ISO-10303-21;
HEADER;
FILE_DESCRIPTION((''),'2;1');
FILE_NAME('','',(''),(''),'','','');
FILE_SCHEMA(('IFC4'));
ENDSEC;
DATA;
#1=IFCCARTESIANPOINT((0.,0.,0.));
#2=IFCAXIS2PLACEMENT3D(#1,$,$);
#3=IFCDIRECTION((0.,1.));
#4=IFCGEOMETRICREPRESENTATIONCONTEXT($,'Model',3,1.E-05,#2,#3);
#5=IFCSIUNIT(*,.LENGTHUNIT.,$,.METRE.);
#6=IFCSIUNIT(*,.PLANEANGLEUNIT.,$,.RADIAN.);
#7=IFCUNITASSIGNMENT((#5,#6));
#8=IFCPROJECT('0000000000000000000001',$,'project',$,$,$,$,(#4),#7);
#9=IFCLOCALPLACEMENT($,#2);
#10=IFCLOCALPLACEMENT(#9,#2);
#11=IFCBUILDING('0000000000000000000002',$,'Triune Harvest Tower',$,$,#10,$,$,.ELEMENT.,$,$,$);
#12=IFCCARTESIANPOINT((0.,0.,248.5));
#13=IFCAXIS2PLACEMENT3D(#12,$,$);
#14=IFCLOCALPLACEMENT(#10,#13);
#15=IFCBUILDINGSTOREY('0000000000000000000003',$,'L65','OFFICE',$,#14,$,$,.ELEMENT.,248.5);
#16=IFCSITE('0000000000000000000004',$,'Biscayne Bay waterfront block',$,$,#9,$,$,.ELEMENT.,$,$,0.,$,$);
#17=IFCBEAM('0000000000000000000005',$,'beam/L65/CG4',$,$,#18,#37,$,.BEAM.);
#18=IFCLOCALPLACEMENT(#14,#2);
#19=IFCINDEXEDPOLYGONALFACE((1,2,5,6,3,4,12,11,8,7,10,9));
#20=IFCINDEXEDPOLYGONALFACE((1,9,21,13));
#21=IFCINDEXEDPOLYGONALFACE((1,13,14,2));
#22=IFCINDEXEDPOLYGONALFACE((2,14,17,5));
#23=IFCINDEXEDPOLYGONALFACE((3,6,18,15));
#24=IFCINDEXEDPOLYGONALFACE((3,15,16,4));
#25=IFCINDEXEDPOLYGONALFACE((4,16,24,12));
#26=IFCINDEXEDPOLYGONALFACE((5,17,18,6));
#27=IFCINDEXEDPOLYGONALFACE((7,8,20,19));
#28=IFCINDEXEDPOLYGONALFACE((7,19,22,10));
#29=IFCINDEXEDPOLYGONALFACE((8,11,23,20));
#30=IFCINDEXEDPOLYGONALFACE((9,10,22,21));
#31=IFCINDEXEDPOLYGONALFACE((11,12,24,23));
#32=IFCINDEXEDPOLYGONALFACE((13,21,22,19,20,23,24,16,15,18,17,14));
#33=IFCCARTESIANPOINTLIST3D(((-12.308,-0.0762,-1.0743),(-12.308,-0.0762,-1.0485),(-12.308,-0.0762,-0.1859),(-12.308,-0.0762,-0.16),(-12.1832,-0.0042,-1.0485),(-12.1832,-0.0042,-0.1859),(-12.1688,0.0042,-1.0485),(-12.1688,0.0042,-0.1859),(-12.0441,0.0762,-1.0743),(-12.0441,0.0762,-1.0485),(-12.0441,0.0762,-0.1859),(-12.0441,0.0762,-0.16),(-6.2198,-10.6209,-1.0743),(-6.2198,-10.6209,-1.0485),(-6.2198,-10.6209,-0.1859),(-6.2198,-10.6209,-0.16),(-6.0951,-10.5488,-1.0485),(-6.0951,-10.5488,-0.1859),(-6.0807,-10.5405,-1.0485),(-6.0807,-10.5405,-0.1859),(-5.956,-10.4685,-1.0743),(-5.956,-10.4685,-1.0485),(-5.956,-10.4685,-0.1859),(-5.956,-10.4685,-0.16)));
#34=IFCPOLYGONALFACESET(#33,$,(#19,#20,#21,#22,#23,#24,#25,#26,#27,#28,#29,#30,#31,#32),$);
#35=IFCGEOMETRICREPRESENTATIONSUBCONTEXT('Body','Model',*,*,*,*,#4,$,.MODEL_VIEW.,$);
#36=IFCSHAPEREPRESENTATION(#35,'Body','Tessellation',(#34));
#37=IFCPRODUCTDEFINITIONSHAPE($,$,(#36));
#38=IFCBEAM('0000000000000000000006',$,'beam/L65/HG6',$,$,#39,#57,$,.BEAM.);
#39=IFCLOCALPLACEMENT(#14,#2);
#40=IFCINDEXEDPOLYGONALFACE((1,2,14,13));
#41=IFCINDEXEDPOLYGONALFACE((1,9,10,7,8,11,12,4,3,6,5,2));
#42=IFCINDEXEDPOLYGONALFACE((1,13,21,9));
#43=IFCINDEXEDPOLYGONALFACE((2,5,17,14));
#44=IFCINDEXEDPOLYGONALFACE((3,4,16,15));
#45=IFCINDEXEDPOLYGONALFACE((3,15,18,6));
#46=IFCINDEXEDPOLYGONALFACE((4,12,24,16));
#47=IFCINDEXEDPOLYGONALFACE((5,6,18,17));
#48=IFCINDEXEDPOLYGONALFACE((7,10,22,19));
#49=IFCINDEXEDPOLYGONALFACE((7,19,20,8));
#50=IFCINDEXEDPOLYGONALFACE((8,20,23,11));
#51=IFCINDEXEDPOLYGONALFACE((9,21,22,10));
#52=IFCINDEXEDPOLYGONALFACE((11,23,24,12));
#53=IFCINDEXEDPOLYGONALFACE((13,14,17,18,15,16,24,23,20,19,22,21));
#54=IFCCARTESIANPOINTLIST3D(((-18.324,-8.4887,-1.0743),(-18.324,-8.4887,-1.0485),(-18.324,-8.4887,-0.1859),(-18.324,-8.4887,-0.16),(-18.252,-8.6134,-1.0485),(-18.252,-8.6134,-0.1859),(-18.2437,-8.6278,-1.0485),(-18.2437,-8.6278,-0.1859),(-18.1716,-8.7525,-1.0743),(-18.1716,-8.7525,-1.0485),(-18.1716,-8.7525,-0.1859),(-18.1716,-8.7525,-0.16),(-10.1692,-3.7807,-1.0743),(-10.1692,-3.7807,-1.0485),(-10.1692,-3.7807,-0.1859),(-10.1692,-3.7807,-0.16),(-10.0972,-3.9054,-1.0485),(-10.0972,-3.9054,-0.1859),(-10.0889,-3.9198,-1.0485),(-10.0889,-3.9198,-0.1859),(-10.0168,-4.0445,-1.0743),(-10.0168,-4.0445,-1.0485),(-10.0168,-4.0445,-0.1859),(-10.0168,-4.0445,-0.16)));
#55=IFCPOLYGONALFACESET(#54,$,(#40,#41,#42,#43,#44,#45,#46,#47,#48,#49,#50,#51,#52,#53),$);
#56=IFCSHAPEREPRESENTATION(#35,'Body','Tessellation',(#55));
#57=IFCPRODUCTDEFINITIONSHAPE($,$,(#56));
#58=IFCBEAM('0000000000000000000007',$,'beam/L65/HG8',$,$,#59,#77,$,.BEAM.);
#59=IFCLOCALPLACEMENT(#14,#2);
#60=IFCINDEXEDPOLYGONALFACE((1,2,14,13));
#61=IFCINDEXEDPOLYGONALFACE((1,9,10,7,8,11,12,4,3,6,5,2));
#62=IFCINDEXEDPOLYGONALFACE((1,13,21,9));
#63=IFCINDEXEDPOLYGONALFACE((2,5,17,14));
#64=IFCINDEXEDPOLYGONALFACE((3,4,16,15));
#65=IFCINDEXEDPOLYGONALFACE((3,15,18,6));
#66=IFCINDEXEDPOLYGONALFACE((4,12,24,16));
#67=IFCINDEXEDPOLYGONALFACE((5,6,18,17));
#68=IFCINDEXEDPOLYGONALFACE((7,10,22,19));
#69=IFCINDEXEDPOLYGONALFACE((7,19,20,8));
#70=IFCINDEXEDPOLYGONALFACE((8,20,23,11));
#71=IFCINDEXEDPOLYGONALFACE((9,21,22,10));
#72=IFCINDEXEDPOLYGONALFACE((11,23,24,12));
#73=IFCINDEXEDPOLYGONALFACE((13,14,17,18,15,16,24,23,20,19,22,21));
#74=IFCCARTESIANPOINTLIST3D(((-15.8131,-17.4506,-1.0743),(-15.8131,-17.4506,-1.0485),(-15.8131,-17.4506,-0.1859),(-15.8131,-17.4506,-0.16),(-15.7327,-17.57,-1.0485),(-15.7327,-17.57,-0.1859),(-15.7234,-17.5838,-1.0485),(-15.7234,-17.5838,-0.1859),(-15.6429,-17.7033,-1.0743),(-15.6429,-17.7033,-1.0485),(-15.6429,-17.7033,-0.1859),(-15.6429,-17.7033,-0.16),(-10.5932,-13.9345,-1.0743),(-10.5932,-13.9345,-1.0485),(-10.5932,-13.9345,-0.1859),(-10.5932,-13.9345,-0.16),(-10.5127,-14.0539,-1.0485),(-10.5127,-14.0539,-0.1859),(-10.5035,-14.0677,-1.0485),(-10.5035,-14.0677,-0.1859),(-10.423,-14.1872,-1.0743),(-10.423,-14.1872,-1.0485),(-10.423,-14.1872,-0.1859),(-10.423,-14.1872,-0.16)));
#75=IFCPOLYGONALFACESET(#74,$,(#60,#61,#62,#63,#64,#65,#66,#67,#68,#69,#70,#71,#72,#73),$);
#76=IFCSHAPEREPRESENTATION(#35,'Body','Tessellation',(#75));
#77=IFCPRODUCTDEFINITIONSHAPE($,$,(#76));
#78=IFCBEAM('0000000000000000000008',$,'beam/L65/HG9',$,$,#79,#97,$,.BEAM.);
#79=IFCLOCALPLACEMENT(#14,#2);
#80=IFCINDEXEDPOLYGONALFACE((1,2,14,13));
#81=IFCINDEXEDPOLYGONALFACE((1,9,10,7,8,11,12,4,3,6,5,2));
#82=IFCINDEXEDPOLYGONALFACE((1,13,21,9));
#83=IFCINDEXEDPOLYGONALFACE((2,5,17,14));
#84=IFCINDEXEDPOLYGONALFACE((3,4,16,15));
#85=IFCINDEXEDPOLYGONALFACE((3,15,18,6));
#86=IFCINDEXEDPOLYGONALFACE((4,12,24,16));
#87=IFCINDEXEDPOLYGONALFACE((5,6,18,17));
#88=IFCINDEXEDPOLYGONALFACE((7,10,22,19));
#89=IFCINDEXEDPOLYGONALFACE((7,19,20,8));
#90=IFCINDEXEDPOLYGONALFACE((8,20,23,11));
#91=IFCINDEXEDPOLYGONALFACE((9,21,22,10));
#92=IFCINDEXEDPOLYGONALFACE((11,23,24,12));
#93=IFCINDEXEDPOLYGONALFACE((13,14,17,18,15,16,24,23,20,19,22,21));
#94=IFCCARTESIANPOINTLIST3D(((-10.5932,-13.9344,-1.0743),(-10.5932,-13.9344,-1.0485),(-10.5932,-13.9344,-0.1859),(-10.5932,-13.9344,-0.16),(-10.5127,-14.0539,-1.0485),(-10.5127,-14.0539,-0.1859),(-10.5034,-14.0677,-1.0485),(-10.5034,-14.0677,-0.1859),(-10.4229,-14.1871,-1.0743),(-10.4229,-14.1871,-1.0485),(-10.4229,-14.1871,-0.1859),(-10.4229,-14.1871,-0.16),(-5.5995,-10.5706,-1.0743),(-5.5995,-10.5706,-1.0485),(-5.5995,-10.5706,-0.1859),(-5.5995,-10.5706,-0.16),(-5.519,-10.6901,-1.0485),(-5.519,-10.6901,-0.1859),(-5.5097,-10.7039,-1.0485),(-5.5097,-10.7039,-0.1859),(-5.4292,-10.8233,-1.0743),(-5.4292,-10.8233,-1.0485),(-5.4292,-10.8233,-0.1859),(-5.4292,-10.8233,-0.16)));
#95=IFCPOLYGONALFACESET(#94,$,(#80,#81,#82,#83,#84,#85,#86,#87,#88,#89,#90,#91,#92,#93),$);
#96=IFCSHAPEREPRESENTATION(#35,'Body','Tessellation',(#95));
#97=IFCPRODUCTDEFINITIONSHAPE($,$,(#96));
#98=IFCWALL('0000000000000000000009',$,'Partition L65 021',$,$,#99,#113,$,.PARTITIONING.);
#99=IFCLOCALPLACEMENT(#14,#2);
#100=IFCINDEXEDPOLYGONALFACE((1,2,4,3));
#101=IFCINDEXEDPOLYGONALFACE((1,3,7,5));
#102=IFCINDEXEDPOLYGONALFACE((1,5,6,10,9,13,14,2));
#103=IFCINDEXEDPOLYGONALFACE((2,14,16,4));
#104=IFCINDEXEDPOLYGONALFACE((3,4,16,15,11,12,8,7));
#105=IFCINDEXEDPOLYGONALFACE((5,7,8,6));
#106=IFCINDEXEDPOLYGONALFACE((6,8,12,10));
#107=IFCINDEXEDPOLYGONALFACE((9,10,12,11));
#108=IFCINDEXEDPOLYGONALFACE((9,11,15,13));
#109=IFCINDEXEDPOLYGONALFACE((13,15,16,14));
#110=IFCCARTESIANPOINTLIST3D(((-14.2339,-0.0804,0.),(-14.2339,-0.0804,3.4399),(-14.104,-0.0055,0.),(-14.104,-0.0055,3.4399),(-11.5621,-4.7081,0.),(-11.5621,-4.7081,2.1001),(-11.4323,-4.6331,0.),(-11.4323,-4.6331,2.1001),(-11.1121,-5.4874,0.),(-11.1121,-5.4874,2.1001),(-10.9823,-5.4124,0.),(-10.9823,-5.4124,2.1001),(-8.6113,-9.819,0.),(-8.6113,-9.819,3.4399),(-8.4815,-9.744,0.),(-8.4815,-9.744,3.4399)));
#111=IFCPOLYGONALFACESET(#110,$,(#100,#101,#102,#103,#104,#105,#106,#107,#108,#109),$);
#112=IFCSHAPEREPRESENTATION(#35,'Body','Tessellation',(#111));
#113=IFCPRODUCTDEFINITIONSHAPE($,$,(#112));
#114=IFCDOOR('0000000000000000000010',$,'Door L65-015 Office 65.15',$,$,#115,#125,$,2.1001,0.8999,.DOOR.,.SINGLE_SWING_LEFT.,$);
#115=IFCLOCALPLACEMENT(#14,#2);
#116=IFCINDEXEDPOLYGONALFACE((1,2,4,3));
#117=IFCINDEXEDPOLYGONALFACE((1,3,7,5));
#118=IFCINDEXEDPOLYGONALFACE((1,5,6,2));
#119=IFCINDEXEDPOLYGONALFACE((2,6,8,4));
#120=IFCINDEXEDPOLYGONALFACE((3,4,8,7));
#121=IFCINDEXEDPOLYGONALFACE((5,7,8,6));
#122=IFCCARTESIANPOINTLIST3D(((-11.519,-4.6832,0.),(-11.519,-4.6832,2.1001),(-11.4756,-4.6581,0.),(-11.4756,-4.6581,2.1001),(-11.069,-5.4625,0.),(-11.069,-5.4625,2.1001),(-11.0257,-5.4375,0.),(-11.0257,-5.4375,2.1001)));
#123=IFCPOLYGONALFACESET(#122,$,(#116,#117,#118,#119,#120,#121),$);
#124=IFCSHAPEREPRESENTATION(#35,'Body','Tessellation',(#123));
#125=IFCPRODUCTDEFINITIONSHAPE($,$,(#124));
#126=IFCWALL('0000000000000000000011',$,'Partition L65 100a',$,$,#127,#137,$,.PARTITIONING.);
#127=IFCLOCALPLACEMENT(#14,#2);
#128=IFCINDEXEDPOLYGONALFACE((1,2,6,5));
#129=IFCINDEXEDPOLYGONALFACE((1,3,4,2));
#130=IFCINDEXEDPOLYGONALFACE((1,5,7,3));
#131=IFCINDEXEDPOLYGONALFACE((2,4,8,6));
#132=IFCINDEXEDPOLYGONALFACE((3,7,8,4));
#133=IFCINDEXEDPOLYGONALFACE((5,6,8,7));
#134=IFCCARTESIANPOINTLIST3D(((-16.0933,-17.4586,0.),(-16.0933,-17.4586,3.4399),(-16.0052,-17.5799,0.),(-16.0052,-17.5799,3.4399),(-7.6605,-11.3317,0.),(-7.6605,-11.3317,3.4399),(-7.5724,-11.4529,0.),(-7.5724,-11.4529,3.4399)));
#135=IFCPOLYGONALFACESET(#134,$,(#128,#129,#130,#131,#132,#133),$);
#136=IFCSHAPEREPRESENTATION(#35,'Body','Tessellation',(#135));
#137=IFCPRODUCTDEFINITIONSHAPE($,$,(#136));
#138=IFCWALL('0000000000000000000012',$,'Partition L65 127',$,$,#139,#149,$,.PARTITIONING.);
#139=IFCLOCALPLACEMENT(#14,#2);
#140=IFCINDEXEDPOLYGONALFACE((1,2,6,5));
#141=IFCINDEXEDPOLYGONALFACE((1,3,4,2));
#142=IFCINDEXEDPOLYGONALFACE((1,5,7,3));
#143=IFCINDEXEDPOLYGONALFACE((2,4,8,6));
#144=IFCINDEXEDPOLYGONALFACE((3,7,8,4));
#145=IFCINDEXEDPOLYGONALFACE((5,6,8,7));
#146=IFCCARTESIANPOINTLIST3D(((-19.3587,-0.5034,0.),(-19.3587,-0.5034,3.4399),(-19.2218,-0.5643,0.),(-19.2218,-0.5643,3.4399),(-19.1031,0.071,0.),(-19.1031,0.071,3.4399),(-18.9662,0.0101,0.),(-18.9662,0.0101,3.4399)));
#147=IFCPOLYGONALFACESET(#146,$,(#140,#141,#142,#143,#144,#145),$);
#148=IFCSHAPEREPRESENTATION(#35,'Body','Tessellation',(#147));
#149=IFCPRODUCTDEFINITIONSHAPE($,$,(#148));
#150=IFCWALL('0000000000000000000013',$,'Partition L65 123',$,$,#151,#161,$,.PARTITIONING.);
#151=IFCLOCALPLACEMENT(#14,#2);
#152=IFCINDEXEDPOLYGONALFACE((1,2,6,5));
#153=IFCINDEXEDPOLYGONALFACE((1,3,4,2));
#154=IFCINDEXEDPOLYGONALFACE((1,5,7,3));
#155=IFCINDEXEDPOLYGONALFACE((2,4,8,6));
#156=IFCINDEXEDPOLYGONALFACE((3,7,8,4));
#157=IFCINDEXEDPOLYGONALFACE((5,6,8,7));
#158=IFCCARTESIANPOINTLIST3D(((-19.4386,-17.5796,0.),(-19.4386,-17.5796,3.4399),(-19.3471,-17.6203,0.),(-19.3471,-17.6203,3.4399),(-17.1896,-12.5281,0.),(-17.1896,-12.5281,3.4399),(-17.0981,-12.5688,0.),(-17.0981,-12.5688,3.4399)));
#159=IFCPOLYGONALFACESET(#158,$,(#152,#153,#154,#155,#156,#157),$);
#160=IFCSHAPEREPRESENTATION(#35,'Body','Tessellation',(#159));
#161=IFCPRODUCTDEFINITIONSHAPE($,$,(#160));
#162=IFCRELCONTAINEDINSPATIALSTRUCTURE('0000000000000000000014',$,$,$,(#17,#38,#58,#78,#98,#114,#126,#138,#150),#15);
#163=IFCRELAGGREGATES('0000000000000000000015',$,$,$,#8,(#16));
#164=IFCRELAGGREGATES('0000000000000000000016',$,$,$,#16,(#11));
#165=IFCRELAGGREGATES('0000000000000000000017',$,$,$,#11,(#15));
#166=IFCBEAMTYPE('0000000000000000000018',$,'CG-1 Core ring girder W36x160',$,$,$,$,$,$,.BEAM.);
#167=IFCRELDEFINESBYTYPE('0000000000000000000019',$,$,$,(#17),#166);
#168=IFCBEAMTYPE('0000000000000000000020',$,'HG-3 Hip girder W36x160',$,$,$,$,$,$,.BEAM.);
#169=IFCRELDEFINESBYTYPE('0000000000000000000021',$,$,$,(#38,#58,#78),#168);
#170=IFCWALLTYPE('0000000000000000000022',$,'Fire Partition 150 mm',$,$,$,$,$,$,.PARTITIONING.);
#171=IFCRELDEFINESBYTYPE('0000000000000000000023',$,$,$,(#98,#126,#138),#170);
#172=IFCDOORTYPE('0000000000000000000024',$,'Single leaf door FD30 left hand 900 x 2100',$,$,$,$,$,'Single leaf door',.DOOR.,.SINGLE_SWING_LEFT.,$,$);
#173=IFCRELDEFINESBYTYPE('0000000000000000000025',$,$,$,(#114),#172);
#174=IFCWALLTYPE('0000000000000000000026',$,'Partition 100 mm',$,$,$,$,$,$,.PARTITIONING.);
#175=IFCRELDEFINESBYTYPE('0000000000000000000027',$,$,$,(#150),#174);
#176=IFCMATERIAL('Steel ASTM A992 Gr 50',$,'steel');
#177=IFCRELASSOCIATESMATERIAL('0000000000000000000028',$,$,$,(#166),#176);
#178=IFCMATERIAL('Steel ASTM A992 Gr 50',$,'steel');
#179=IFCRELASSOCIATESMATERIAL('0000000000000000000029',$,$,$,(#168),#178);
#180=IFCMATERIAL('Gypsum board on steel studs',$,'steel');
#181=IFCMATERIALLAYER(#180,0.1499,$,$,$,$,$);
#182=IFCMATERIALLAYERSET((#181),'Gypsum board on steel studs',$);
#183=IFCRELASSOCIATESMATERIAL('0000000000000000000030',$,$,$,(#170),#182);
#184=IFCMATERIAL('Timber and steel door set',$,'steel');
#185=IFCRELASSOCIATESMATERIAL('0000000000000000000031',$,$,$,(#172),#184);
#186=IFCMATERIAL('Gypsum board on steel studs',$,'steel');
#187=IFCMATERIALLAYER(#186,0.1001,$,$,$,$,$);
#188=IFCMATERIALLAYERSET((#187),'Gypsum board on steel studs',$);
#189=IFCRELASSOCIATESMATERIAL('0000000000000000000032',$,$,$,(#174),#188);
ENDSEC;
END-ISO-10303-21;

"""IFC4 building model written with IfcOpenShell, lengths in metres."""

from ifc_helpers import new_model, si_unit, direction, frame, frame_2d, origin, origin_2d, place, context, subcontext, project, spatial, rectangle, i_section, extrude, source, transform, mapped, material, layer, layer_set, material_profile, profile_set, type_object, element, fill, save


model = new_model("IFC4")

# Units and contexts
model_context = context("Model", 3, precision=1e-05, world=origin(), true_north=direction((0.0, 1.0)))
body_context = subcontext(model_context, "Body", "Model", "MODEL_VIEW")
ifc_project = project(units=[si_unit("LENGTHUNIT", "METRE"), si_unit("PLANEANGLEUNIT", "RADIAN")], contexts=[model_context])

# Site, building, storey
site_placement = place(None, origin())
site = spatial("IfcSite", under=ifc_project, at=site_placement, Name="Biscayne Bay waterfront block", CompositionType="ELEMENT", RefElevation=0.0)
building_placement = place(site_placement, origin())
building = spatial("IfcBuilding", under=site, at=building_placement, Name="Triune Harvest Tower", CompositionType="ELEMENT")
storey_placement = place(building_placement, frame((0.0, 0.0, 248.5)))
storey = spatial("IfcBuildingStorey", under=building, at=storey_placement, Name="L65", Description="OFFICE", CompositionType="ELEMENT", Elevation=248.5)

# Beams
ifc_material_1 = material(Name="Steel ASTM A992 Gr 50", Category="steel")
ifc_material_profile_1 = material_profile(ifc_material_1, i_section(OverallWidth=0.3047, OverallDepth=0.9143, WebThickness=0.0166, FlangeThickness=0.0259, at=origin_2d()), Name="W36x160")
ifc_profile_set_1 = profile_set([ifc_material_profile_1], Name="Steel ASTM A992 Gr 50")
beam_type_1 = type_object("IfcBeamType", Name="CG-1 Core ring girder W36x160", PredefinedType="BEAM", material=ifc_profile_set_1)
shared_shape_1 = source(origin(), body_context, "Body", "SweptSolid", [
    extrude(i_section(OverallWidth=0.3047, OverallDepth=0.9143, WebThickness=0.0166, FlangeThickness=0.0259, at=origin_2d()), origin(), (0.0, 0.0, 1.0), 12.176),
])
beam_1_placement = place(storey_placement, frame((-12.176, 0.0, -0.6172), z_axis=(0.50001, -0.86602, 0.0), x_axis=(0.86602, 0.50001, 0.0)))
element("IfcBeam", 1, at=beam_1_placement, inside=storey, type_object=beam_type_1, Name="beam/L65/CG4", PredefinedType="BEAM", context=body_context, shape_type="MappedRepresentation", body=[
    mapped(shared_shape_1, transform((0.0, 0.0, 0.0), scale=1.0)),
])
ifc_material_2 = material(Name="Steel ASTM A992 Gr 50", Category="steel")
ifc_material_profile_2 = material_profile(ifc_material_2, i_section(OverallWidth=0.3047, OverallDepth=0.9143, WebThickness=0.0166, FlangeThickness=0.0259, at=origin_2d()), Name="W36x160")
ifc_profile_set_2 = profile_set([ifc_material_profile_2], Name="Steel ASTM A992 Gr 50")
beam_type_2 = type_object("IfcBeamType", Name="HG-3 Hip girder W36x160", PredefinedType="BEAM", material=ifc_profile_set_2)
shared_shape_2 = source(origin(), body_context, "Body", "SweptSolid", [
    extrude(i_section(OverallWidth=0.3047, OverallDepth=0.9143, WebThickness=0.0166, FlangeThickness=0.0259, at=origin_2d()), origin(), (0.0, 0.0, 1.0), 9.4163),
])
beam_2_placement = place(storey_placement, frame((-18.2478, -8.6206, -0.6172), z_axis=(0.866033, 0.499987, 0.0), x_axis=(-0.499987, 0.866033, 0.0)))
element("IfcBeam", 2, at=beam_2_placement, inside=storey, type_object=beam_type_2, Name="beam/L65/HG6", PredefinedType="BEAM", context=body_context, shape_type="MappedRepresentation", body=[
    mapped(shared_shape_2, transform((0.0, 0.0, 0.0), scale=1.0)),
])
shared_shape_3 = source(origin(), body_context, "Body", "SweptSolid", [
    extrude(i_section(OverallWidth=0.3047, OverallDepth=0.9143, WebThickness=0.0166, FlangeThickness=0.0259, at=origin_2d()), origin(), (0.0, 0.0, 1.0), 6.2937),
])
beam_3_placement = place(storey_placement, frame((-15.728, -17.5769, -0.6172), z_axis=(0.829391, 0.558668, 0.0), x_axis=(-0.558668, 0.829391, 0.0)))
element("IfcBeam", 3, at=beam_3_placement, inside=storey, type_object=beam_type_2, Name="beam/L65/HG8", PredefinedType="BEAM", context=body_context, shape_type="MappedRepresentation", body=[
    mapped(shared_shape_3, transform((0.0, 0.0, 0.0), scale=1.0)),
])
shared_shape_4 = source(origin(), body_context, "Body", "SweptSolid", [
    extrude(i_section(OverallWidth=0.3047, OverallDepth=0.9143, WebThickness=0.0166, FlangeThickness=0.0259, at=origin_2d()), origin(), (0.0, 0.0, 1.0), 6.021),
])
beam_4_placement = place(storey_placement, frame((-10.5081, -14.0608, -0.6172), z_axis=(0.829383, 0.55868, 0.0), x_axis=(-0.55868, 0.829383, 0.0)))
element("IfcBeam", 4, at=beam_4_placement, inside=storey, type_object=beam_type_2, Name="beam/L65/HG9", PredefinedType="BEAM", context=body_context, shape_type="MappedRepresentation", body=[
    mapped(shared_shape_4, transform((0.0, 0.0, 0.0), scale=1.0)),
])

# Wall, opening, door
ifc_material_3 = material(Name="Gypsum board on steel studs", Category="steel")
ifc_layer_1 = layer(ifc_material_3, 0.1499)
ifc_layer_set_1 = layer_set([ifc_layer_1], Name="Gypsum board on steel studs")
wall_type_1 = type_object("IfcWallType", Name="Fire Partition 150 mm", PredefinedType="PARTITIONING", material=ifc_layer_set_1)
wall_1_placement = place(storey_placement, frame((-14.1689, -0.043, 0.0), z_axis=(0.0, 0.0, 1.0), x_axis=(0.500001, -0.866025, 0.0)))
wall_1 = element("IfcWall", 5, at=wall_1_placement, inside=storey, type_object=wall_type_1, Name="Partition L65 021", PredefinedType="PARTITIONING", context=body_context, shape_type="SweptSolid", body=[
    extrude(rectangle(XDim=11.2451, YDim=0.1499, at=frame_2d((5.6226, 0.0))), origin(), (0.0, 0.0, 1.0), 3.4399),
])
opening_1_placement = place(wall_1_placement, frame((5.3435, 0.0, 0.0)))
opening_1 = element("IfcOpeningElement", 6, at=opening_1_placement, cuts=wall_1, PredefinedType="OPENING", context=body_context, shape_type="SweptSolid", body=[
    extrude(rectangle(XDim=0.8999, YDim=2.1001, at=frame_2d((0.45, 1.05))), frame((0.0, 0.085, 0.0), z_axis=(0.0, -1.0, 0.0), x_axis=(1.0, 0.0, 0.0)), (0.0, 0.0, 1.0), 0.1699),
])
ifc_material_4 = material(Name="Timber and steel door set", Category="steel")
door_type_1 = type_object("IfcDoorType", Name="Single leaf door FD30 left hand 900 x 2100", ElementType="Single leaf door", OperationType="SINGLE_SWING_LEFT", PredefinedType="DOOR", material=ifc_material_4)
door_1_placement = place(opening_1_placement, origin())
door_1 = element("IfcDoor", 7, at=door_1_placement, inside=storey, type_object=door_type_1, Name="Door L65-015 Office 65.15", OperationType="SINGLE_SWING_LEFT", OverallHeight=2.1001, OverallWidth=0.8999, PredefinedType="DOOR", context=body_context, shape_type="SweptSolid", body=[
    extrude(rectangle(XDim=0.8999, YDim=2.1001, at=frame_2d((0.45, 1.05))), frame((0.0, 0.0249, 0.0), z_axis=(0.0, -1.0, 0.0), x_axis=(1.0, 0.0, 0.0)), (0.0, 0.0, 1.0), 0.05),
])
fill(opening_1, door_1)

# Walls
wall_2_placement = place(storey_placement, frame((-16.0493, -17.5193, 0.0), z_axis=(0.0, 0.0, 1.0), x_axis=(0.809011, 0.587793, 0.0)))
element("IfcWall", 8, at=wall_2_placement, inside=storey, type_object=wall_type_1, Name="Partition L65 100a", PredefinedType="PARTITIONING", context=body_context, shape_type="SweptSolid", body=[
    extrude(rectangle(XDim=10.4236, YDim=0.1499, at=frame_2d((5.2119, 0.0))), origin(), (0.0, 0.0, 1.0), 3.4399),
])
wall_3_placement = place(storey_placement, frame((-19.2903, -0.5339, 0.0), z_axis=(0.0, 0.0, 1.0), x_axis=(0.406535, 0.913635, 0.0)))
element("IfcWall", 9, at=wall_3_placement, inside=storey, type_object=wall_type_1, Name="Partition L65 127", PredefinedType="PARTITIONING", context=body_context, shape_type="SweptSolid", body=[
    extrude(rectangle(XDim=0.6287, YDim=0.1499, at=frame_2d((0.3145, 0.0))), origin(), (0.0, 0.0, 1.0), 3.4399),
])
ifc_material_5 = material(Name="Gypsum board on steel studs", Category="steel")
ifc_layer_2 = layer(ifc_material_5, 0.1001)
ifc_layer_set_2 = layer_set([ifc_layer_2], Name="Gypsum board on steel studs")
wall_type_2 = type_object("IfcWallType", Name="Partition 100 mm", PredefinedType="PARTITIONING", material=ifc_layer_set_2)
wall_4_placement = place(storey_placement, frame((-19.3928, -17.5999, 0.0), z_axis=(0.0, 0.0, 1.0), x_axis=(0.406728, 0.913549, 0.0)))
element("IfcWall", 10, at=wall_4_placement, inside=storey, type_object=wall_type_2, Name="Partition L65 123", PredefinedType="PARTITIONING", context=body_context, shape_type="SweptSolid", body=[
    extrude(rectangle(XDim=5.5295, YDim=0.1001, at=frame_2d((2.7646, 0.0))), origin(), (0.0, 0.0, 1.0), 3.4399),
])

save(model, "model.ifc")
